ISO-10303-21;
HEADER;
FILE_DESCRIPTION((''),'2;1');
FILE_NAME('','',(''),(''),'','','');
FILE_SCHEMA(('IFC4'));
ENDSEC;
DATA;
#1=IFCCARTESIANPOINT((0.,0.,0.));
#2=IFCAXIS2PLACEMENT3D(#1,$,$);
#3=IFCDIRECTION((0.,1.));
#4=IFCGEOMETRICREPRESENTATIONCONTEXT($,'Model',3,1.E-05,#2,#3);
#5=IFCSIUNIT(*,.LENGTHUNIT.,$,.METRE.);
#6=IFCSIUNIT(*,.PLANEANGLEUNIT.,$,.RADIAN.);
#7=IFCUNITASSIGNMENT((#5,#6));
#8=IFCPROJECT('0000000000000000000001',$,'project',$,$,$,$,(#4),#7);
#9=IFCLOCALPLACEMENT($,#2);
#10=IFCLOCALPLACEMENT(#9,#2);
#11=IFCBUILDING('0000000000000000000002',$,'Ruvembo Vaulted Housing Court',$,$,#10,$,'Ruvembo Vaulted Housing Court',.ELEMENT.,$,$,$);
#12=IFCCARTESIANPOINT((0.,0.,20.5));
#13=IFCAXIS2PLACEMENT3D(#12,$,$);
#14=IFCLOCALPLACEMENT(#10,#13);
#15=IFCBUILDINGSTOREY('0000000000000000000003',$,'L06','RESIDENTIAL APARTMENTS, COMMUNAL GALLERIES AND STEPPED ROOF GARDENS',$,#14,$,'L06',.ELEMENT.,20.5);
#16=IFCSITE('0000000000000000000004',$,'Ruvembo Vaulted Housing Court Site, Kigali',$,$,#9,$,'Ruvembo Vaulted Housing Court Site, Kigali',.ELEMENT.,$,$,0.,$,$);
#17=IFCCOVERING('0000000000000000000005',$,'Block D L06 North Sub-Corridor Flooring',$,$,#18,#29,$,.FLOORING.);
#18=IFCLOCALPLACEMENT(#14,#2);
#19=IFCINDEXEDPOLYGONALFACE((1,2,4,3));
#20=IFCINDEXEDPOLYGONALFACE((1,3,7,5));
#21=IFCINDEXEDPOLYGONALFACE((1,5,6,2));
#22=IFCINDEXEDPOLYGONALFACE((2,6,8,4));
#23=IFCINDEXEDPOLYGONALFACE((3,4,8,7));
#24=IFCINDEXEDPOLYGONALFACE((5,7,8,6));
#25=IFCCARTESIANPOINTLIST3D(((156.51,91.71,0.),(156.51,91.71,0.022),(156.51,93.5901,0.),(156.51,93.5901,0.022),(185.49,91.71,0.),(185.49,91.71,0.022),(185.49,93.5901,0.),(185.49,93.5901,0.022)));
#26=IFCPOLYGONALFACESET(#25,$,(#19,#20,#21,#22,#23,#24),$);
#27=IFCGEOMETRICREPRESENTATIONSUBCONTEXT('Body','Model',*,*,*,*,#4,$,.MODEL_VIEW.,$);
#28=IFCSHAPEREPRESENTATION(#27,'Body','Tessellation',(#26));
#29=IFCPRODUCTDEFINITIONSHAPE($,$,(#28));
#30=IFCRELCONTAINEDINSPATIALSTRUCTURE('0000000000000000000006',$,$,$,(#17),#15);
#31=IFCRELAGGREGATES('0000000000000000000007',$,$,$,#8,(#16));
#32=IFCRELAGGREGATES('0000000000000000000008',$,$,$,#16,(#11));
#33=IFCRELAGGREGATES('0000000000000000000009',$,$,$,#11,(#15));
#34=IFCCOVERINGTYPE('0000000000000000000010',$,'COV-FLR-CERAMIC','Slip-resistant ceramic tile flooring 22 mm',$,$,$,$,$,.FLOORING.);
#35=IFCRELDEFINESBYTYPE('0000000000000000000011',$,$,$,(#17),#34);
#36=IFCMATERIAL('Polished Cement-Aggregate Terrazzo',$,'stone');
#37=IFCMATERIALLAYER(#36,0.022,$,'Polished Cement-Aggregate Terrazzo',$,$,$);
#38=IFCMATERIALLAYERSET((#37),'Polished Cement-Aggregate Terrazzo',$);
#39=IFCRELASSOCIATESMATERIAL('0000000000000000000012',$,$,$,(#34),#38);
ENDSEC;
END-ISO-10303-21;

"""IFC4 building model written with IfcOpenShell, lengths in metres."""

from ifc_helpers import new_model, si_unit, direction, frame, origin, place, context, subcontext, project, spatial, polyline, outline, extrude, material, layer, layer_set, type_object, element, save


model = new_model("IFC4")

# Units and contexts
model_context = context("Model", 3, precision=1e-05, world=origin(), true_north=direction((0.0, 1.0)))
body_context = subcontext(model_context, "Body", "Model", "MODEL_VIEW")
ifc_project = project(units=[si_unit("LENGTHUNIT", "METRE"), si_unit("PLANEANGLEUNIT", "RADIAN")], contexts=[model_context])

# Site, building, storey
site_placement = place(None, origin())
site = spatial("IfcSite", under=ifc_project, at=site_placement, Name="Ruvembo Vaulted Housing Court Site, Kigali", LongName="Ruvembo Vaulted Housing Court Site, Kigali", CompositionType="ELEMENT", RefElevation=0.0)
building_placement = place(site_placement, origin())
building = spatial("IfcBuilding", under=site, at=building_placement, Name="Ruvembo Vaulted Housing Court", LongName="Ruvembo Vaulted Housing Court", CompositionType="ELEMENT")
storey_placement = place(building_placement, frame((0.0, 0.0, 20.5)))
storey = spatial("IfcBuildingStorey", under=building, at=storey_placement, Name="L06", Description="RESIDENTIAL APARTMENTS, COMMUNAL GALLERIES AND STEPPED ROOF GARDENS", LongName="L06", CompositionType="ELEMENT", Elevation=20.5)

# Covering
ifc_material_1 = material(Name="Polished Cement-Aggregate Terrazzo", Category="stone")
ifc_layer_1 = layer(ifc_material_1, 0.022, Name="Polished Cement-Aggregate Terrazzo")
ifc_layer_set_1 = layer_set([ifc_layer_1], Name="Polished Cement-Aggregate Terrazzo")
covering_type_1 = type_object("IfcCoveringType", Name="COV-FLR-CERAMIC", Description="Slip-resistant ceramic tile flooring 22 mm", PredefinedType="FLOORING", material=ifc_layer_set_1)
covering_1_placement = place(storey_placement, origin())
element("IfcCovering", 1, at=covering_1_placement, inside=storey, type_object=covering_type_1, Name="Block D L06 North Sub-Corridor Flooring", PredefinedType="FLOORING", context=body_context, shape_type="SweptSolid", body=[
    extrude(outline(polyline([(156.51, 91.71), (185.49, 91.71), (185.49, 93.5901), (156.51, 93.5901), (156.51, 91.71)])), origin(), (0.0, 0.0, 1.0), 0.022),
])

save(model, "model.ifc")
